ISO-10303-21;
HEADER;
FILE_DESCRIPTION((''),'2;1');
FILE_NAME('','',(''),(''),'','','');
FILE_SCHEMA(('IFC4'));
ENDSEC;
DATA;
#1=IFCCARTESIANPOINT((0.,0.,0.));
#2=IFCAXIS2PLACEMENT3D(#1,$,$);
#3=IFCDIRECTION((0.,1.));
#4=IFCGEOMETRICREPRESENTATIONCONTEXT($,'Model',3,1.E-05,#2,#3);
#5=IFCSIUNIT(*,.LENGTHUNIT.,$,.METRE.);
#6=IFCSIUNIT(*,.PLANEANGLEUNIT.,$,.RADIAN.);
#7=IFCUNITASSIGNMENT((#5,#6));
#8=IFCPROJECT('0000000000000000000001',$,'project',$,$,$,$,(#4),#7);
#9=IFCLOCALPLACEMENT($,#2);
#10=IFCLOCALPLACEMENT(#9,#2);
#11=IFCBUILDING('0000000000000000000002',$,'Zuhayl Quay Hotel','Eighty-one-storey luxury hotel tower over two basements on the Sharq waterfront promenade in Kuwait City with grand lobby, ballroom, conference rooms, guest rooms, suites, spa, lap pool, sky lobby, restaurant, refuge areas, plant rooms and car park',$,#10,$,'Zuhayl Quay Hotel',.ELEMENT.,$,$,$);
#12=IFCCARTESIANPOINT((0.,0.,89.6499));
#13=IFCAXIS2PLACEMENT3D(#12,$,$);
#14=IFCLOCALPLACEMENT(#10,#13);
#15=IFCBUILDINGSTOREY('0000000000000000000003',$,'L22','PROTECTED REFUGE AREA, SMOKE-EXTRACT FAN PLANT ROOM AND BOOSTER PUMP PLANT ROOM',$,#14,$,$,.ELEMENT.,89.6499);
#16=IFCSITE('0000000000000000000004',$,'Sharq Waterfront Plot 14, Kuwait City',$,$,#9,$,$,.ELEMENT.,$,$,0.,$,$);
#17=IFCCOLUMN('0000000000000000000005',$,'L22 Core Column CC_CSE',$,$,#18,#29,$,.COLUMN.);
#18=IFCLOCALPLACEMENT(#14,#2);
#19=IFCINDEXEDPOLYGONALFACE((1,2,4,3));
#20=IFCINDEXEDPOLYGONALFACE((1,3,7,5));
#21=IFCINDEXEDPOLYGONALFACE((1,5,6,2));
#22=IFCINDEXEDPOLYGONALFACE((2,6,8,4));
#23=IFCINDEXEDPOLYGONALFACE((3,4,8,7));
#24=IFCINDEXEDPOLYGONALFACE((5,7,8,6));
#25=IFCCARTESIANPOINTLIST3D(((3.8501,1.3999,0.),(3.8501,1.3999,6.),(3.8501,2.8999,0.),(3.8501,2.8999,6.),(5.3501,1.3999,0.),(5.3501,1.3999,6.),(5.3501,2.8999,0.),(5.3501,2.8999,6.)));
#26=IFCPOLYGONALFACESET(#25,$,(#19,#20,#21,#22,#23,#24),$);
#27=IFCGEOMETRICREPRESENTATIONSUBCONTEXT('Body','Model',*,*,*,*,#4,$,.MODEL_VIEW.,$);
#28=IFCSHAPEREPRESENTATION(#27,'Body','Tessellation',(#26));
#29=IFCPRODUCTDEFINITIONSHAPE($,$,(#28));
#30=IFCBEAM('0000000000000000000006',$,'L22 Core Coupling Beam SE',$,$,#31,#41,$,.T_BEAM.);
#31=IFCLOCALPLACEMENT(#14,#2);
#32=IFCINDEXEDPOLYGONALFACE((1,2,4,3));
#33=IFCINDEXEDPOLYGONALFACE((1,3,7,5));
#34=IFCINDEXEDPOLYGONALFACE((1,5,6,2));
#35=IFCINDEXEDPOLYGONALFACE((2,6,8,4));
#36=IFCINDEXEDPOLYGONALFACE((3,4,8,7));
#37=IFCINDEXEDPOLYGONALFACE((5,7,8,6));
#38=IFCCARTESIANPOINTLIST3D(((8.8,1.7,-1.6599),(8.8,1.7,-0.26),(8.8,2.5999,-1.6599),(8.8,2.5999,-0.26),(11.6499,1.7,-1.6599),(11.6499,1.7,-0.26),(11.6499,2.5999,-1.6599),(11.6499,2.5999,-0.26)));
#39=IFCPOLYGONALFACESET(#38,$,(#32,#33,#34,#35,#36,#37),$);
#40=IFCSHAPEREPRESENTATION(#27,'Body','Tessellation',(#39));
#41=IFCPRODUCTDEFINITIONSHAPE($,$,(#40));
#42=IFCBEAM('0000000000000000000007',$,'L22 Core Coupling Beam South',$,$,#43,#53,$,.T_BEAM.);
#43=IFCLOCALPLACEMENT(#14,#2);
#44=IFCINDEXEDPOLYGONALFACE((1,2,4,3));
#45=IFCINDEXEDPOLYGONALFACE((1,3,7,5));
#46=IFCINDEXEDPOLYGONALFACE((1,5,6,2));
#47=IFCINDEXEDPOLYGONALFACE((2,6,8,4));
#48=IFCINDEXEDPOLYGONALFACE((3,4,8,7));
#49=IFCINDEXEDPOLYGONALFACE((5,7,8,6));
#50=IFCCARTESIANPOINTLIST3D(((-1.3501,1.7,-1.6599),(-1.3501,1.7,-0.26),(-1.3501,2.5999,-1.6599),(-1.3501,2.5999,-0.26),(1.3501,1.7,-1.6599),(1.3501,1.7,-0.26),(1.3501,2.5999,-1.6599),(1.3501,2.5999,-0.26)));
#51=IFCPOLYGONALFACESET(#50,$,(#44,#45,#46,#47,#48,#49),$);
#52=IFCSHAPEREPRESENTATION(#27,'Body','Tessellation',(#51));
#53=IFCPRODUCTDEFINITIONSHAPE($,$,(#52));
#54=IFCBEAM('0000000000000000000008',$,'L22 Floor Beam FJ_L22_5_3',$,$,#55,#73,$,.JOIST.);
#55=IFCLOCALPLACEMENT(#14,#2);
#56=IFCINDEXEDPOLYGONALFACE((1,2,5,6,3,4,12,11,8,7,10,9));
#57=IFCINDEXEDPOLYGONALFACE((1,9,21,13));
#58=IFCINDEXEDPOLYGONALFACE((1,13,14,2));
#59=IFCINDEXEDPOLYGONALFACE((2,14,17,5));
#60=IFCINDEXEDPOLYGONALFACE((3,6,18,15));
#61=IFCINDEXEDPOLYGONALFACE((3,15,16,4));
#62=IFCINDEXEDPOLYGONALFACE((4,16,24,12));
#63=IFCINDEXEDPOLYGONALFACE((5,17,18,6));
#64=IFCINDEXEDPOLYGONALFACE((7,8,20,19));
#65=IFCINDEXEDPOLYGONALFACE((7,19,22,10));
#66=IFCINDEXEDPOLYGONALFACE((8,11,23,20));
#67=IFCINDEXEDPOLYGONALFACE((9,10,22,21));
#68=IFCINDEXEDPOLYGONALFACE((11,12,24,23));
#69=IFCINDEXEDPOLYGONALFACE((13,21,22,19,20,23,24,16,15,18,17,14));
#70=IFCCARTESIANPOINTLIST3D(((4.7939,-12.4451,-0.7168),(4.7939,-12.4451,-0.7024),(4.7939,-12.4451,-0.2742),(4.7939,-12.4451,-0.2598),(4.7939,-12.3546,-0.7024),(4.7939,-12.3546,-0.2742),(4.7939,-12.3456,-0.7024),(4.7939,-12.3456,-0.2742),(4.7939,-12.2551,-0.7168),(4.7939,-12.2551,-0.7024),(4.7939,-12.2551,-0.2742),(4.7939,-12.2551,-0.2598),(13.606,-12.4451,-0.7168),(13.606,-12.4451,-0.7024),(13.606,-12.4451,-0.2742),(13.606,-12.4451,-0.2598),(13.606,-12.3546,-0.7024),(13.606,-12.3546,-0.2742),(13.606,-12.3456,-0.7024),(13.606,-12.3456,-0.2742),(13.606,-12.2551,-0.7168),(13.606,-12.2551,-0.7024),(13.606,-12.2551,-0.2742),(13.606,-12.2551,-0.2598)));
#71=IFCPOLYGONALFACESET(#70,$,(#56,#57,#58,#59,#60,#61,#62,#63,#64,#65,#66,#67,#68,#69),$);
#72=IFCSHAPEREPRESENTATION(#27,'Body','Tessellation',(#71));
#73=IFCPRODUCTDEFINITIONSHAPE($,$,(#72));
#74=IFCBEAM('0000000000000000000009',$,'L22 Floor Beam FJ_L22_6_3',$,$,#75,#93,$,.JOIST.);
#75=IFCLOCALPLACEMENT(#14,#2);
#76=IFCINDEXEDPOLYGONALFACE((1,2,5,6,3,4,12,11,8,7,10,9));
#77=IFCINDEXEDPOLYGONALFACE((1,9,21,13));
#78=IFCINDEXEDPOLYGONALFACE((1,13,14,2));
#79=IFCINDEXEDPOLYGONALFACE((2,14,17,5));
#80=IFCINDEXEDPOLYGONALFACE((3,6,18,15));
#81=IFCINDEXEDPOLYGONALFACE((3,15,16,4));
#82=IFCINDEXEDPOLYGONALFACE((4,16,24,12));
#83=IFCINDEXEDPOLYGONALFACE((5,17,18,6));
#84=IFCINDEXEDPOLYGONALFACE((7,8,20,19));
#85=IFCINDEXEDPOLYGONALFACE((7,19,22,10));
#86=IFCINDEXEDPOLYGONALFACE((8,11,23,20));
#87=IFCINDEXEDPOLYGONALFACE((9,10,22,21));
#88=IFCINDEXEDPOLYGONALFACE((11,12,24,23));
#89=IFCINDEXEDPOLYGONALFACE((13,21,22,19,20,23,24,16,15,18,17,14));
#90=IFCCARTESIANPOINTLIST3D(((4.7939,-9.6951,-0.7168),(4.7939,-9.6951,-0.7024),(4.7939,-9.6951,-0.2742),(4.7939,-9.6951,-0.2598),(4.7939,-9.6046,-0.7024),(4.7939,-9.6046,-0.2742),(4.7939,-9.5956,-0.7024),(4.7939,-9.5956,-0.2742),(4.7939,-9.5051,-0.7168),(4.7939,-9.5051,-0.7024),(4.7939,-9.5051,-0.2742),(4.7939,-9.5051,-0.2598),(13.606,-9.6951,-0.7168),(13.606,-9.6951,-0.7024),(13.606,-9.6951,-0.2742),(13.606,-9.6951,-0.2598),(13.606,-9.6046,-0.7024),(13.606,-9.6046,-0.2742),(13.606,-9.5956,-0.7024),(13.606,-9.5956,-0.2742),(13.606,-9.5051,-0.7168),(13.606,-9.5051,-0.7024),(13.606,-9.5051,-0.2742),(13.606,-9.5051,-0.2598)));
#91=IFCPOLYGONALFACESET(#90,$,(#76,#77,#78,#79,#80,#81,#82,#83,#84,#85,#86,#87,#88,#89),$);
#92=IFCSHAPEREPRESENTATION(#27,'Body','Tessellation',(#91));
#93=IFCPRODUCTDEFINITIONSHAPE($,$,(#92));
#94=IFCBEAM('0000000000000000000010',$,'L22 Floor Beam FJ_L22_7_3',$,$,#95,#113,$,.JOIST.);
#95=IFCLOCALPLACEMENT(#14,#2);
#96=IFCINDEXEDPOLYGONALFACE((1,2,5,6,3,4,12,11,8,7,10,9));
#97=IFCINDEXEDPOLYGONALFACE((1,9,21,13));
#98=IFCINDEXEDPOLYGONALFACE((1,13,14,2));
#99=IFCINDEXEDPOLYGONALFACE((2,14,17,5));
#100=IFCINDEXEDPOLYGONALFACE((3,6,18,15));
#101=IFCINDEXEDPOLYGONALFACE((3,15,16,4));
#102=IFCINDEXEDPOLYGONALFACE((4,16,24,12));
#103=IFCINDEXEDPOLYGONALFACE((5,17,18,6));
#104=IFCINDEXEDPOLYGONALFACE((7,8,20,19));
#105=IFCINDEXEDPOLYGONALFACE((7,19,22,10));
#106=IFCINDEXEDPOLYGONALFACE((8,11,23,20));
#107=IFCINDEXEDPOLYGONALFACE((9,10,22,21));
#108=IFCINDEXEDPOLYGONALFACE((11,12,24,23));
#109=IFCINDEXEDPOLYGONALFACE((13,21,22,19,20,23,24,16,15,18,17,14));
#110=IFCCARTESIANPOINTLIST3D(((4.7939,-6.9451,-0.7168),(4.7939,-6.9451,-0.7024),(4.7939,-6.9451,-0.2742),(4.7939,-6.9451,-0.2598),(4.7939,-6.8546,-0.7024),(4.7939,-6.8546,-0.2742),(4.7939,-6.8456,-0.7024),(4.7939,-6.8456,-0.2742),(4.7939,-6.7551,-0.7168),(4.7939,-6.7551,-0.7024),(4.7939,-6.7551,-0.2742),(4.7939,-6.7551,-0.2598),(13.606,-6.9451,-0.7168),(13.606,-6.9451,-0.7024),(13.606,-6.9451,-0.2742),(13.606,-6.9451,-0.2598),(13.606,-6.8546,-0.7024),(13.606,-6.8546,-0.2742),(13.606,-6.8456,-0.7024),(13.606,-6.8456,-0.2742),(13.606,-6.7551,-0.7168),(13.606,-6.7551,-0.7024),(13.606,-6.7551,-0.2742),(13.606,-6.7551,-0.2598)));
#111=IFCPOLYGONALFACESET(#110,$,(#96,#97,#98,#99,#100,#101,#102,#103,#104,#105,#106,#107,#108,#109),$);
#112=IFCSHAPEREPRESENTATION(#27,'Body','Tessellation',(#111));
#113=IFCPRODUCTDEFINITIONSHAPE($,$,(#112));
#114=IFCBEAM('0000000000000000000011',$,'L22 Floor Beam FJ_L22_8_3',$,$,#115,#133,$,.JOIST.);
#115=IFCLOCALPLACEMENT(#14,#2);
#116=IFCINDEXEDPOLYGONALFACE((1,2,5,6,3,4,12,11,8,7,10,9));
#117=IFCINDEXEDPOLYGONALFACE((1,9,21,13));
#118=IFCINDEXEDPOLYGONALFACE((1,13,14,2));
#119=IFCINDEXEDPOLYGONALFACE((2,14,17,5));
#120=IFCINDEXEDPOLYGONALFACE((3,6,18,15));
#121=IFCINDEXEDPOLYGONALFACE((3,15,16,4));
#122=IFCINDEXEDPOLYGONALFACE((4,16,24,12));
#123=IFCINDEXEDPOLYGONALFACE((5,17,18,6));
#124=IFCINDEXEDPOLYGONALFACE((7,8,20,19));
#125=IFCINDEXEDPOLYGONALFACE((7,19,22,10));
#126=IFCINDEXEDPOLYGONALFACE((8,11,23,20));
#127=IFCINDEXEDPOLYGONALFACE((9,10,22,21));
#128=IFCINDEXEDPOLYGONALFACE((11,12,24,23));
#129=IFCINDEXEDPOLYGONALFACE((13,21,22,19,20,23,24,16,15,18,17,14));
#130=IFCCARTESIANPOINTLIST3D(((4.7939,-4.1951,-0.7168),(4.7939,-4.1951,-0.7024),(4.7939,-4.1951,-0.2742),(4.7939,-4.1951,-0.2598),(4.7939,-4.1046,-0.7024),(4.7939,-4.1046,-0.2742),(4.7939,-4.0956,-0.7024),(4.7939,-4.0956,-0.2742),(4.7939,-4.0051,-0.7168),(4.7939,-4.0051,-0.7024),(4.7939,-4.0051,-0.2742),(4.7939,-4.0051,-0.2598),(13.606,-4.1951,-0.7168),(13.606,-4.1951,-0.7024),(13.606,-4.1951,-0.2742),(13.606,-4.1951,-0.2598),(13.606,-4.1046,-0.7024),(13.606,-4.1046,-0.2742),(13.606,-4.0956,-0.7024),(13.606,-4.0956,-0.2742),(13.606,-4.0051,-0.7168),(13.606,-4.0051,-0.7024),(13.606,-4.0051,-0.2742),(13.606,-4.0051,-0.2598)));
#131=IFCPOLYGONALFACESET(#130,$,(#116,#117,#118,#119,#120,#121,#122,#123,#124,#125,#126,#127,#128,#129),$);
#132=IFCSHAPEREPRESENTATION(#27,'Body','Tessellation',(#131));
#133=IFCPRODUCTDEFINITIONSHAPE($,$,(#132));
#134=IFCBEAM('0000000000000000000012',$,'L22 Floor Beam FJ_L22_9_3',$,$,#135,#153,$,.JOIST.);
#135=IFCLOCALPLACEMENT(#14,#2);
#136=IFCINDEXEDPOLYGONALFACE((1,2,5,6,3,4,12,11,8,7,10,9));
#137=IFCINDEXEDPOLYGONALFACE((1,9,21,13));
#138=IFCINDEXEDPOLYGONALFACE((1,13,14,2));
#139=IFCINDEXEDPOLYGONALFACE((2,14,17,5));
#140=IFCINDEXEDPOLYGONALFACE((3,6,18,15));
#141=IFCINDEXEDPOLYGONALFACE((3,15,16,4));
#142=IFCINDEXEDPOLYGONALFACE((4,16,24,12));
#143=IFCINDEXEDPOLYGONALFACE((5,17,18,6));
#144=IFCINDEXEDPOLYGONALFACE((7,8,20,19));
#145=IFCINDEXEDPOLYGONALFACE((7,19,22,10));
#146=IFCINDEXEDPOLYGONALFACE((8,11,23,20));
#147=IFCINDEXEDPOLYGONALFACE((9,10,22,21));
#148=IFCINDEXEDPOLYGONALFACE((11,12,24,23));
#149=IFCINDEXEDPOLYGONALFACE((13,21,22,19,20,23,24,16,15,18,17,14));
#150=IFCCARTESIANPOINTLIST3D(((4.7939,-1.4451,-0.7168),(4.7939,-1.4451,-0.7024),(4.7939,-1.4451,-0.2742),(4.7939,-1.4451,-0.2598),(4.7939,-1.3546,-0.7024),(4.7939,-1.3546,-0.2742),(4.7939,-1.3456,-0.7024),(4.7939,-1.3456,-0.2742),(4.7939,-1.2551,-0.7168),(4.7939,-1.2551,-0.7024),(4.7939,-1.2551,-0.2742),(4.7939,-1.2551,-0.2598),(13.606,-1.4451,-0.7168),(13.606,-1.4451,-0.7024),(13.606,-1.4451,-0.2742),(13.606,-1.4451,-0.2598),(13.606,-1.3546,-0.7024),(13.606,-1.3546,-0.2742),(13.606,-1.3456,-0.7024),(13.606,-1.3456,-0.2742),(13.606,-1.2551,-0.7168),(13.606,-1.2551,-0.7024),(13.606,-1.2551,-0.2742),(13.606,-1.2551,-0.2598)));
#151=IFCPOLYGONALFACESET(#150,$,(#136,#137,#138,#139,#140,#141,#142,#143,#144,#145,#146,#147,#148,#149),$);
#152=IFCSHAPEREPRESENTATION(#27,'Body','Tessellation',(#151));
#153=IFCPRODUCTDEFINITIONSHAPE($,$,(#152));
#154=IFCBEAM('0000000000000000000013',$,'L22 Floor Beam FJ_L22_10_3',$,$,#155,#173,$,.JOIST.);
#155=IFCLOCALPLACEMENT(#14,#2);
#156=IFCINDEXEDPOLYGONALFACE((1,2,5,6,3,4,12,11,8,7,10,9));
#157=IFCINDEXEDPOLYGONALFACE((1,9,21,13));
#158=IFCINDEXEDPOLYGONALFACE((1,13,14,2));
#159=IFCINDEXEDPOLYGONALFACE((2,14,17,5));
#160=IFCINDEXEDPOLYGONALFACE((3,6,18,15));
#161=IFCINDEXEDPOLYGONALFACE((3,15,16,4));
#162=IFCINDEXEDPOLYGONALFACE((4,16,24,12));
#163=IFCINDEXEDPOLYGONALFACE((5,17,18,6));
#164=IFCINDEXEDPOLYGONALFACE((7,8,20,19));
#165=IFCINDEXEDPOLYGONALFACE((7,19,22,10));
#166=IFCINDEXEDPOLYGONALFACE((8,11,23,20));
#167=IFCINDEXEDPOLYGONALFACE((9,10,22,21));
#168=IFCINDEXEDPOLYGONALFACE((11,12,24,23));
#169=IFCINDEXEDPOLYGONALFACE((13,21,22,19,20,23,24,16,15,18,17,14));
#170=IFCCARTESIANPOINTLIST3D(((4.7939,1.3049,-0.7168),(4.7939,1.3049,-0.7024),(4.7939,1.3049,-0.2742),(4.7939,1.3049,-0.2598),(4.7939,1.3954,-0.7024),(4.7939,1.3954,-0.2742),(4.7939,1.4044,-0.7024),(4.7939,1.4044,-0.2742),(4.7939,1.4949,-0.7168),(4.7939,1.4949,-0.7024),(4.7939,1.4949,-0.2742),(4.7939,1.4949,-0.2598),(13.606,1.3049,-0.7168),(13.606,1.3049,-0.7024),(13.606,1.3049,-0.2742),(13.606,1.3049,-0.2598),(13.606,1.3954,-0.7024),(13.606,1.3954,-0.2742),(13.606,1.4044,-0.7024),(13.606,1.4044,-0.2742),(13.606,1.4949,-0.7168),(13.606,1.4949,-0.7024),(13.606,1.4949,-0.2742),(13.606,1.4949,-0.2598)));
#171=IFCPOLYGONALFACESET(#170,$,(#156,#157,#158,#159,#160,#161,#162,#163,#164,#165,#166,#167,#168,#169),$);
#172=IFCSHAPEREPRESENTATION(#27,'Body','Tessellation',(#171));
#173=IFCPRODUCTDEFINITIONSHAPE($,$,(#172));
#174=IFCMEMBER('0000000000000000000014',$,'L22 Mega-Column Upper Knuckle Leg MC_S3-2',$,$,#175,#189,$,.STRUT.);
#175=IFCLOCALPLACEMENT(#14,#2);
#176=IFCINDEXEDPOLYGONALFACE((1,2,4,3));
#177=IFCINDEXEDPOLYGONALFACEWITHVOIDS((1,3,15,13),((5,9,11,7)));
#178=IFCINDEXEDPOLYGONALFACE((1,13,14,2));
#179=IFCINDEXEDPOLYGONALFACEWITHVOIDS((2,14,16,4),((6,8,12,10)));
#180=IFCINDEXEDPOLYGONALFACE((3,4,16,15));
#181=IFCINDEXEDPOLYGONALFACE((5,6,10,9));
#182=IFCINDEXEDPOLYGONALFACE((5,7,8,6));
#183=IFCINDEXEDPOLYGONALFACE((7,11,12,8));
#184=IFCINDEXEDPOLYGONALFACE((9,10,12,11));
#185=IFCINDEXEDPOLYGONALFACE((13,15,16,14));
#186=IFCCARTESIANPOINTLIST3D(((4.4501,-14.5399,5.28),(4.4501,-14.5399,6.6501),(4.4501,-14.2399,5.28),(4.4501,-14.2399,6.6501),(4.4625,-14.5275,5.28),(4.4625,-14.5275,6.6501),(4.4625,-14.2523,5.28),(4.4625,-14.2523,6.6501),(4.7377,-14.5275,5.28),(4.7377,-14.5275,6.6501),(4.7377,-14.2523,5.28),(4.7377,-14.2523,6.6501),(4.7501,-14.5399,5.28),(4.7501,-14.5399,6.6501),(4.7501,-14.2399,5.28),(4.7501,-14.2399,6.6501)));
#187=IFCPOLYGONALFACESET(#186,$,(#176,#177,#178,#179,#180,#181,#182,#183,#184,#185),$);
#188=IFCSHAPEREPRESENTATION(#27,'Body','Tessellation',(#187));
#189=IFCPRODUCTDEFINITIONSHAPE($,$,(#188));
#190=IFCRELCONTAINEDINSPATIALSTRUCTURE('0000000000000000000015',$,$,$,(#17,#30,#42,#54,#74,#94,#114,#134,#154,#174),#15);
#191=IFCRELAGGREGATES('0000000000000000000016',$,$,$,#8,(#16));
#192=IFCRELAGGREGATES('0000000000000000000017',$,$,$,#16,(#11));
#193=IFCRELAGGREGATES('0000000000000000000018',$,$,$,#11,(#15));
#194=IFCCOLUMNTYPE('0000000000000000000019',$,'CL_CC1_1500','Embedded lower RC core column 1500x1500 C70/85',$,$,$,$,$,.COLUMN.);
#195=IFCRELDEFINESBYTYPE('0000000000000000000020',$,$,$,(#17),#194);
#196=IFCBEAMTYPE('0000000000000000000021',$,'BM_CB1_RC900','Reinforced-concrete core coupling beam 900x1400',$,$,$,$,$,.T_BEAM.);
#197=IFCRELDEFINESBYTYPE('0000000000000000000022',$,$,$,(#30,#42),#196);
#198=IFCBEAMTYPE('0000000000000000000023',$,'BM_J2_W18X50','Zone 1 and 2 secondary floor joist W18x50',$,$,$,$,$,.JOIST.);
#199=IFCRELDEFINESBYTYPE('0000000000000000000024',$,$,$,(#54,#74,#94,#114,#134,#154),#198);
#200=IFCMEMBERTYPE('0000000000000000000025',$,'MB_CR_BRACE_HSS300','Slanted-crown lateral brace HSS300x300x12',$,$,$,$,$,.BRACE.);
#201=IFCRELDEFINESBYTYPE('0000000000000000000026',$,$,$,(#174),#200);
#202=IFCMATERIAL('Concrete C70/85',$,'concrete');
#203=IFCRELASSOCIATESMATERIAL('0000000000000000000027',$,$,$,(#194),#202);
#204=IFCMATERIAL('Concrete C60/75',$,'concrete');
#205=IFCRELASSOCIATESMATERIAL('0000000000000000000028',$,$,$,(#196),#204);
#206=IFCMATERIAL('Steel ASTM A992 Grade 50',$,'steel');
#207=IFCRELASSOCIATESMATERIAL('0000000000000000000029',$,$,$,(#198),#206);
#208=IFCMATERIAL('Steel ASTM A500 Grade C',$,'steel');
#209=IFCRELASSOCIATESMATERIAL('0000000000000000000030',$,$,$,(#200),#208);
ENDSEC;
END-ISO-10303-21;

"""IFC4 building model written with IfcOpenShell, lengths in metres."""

from ifc_helpers import new_model, si_unit, direction, frame, origin, origin_2d, place, context, subcontext, project, spatial, rectangle, hollow_rectangle, i_section, extrude, material, material_profile, profile_set, type_object, element, save


model = new_model("IFC4")

# Units and contexts
model_context = context("Model", 3, precision=1e-05, world=origin(), true_north=direction((0.0, 1.0)))
body_context = subcontext(model_context, "Body", "Model", "MODEL_VIEW")
ifc_project = project(units=[si_unit("LENGTHUNIT", "METRE"), si_unit("PLANEANGLEUNIT", "RADIAN")], contexts=[model_context])

# Site, building, storey
site_placement = place(None, origin())
site = spatial("IfcSite", under=ifc_project, at=site_placement, Name="Sharq Waterfront Plot 14, Kuwait City", CompositionType="ELEMENT", RefElevation=0.0)
building_placement = place(site_placement, origin())
building = spatial("IfcBuilding", under=site, at=building_placement, Name="Zuhayl Quay Hotel", Description="Eighty-one-storey luxury hotel tower over two basements on the Sharq waterfront promenade in Kuwait City with grand lobby, ballroom, conference rooms, guest rooms, suites, spa, lap pool, sky lobby, restaurant, refuge areas, plant rooms and car park", LongName="Zuhayl Quay Hotel", CompositionType="ELEMENT")
storey_placement = place(building_placement, frame((0.0, 0.0, 89.6499)))
storey = spatial("IfcBuildingStorey", under=building, at=storey_placement, Name="L22", Description="PROTECTED REFUGE AREA, SMOKE-EXTRACT FAN PLANT ROOM AND BOOSTER PUMP PLANT ROOM", CompositionType="ELEMENT", Elevation=89.6499)

# Column
ifc_material_1 = material(Name="Concrete C70/85", Category="concrete")
ifc_material_profile_1 = material_profile(ifc_material_1, rectangle(XDim=1.5, YDim=1.5, at=origin_2d()), Name="RC1500X1500")
ifc_profile_set_1 = profile_set([ifc_material_profile_1], Name="Concrete C70/85")
column_type = type_object("IfcColumnType", Name="CL_CC1_1500", Description="Embedded lower RC core column 1500x1500 C70/85", PredefinedType="COLUMN", material=ifc_profile_set_1)
column_placement = place(storey_placement, frame((4.6001, 2.1499, 0.0), z_axis=(0.0, 0.0, 1.0), x_axis=(1.0, 0.0, 0.0)))
element("IfcColumn", 1, at=column_placement, inside=storey, type_object=column_type, Name="L22 Core Column CC_CSE", PredefinedType="COLUMN", context=body_context, shape_type="SweptSolid", body=[
    extrude(rectangle(XDim=1.5, YDim=1.5, at=origin_2d()), origin(), (0.0, 0.0, 1.0), 6.0),
])

# Beams
ifc_material_2 = material(Name="Concrete C60/75", Category="concrete")
ifc_material_profile_2 = material_profile(ifc_material_2, rectangle(XDim=0.8999, YDim=1.3999, at=origin_2d()), Name="RC900X1400")
ifc_profile_set_2 = profile_set([ifc_material_profile_2], Name="Concrete C60/75")
beam_type_1 = type_object("IfcBeamType", Name="BM_CB1_RC900", Description="Reinforced-concrete core coupling beam 900x1400", PredefinedType="T_BEAM", material=ifc_profile_set_2)
beam_1_placement = place(storey_placement, frame((8.8, 2.1499, -0.96), z_axis=(1.0, 0.0, 0.0), x_axis=(0.0, 1.0, 0.0)))
element("IfcBeam", 2, at=beam_1_placement, inside=storey, type_object=beam_type_1, Name="L22 Core Coupling Beam SE", PredefinedType="T_BEAM", context=body_context, shape_type="SweptSolid", body=[
    extrude(rectangle(XDim=0.8999, YDim=1.3999, at=origin_2d()), origin(), (0.0, 0.0, 1.0), 2.8499),
])
beam_2_placement = place(storey_placement, frame((-1.3501, 2.1499, -0.96), z_axis=(1.0, 0.0, 0.0), x_axis=(0.0, 1.0, 0.0)))
element("IfcBeam", 3, at=beam_2_placement, inside=storey, type_object=beam_type_1, Name="L22 Core Coupling Beam South", PredefinedType="T_BEAM", context=body_context, shape_type="SweptSolid", body=[
    extrude(rectangle(XDim=0.8999, YDim=1.3999, at=origin_2d()), origin(), (0.0, 0.0, 1.0), 2.7002),
])
ifc_material_3 = material(Name="Steel ASTM A992 Grade 50", Category="steel")
ifc_material_profile_3 = material_profile(ifc_material_3, i_section(OverallWidth=0.1899, OverallDepth=0.457, WebThickness=0.009, FlangeThickness=0.0144, at=origin_2d()), Name="W18X50")
ifc_profile_set_3 = profile_set([ifc_material_profile_3], Name="Steel ASTM A992 Grade 50")
beam_type_2 = type_object("IfcBeamType", Name="BM_J2_W18X50", Description="Zone 1 and 2 secondary floor joist W18x50", PredefinedType="JOIST", material=ifc_profile_set_3)
for number, where, z_axis, x_axis, name in (
    (4, (4.7939, -12.3501, -0.4883), (1.0, 0.0, 0.0), (0.0, 1.0, 0.0), "L22 Floor Beam FJ_L22_5_3"),
    (5, (4.7939, -9.6001, -0.4883), (1.0, 0.0, 0.0), (0.0, 1.0, 0.0), "L22 Floor Beam FJ_L22_6_3"),
    (6, (4.7939, -6.8501, -0.4883), (1.0, 0.0, 0.0), (0.0, 1.0, 0.0), "L22 Floor Beam FJ_L22_7_3"),
    (7, (4.7939, -4.1001, -0.4883), (1.0, 0.0, 0.0), (0.0, 1.0, 0.0), "L22 Floor Beam FJ_L22_8_3"),
    (8, (4.7939, -1.3501, -0.4883), (1.0, 0.0, 0.0), (0.0, 1.0, 0.0), "L22 Floor Beam FJ_L22_9_3"),
    (9, (4.7939, 1.3999, -0.4883), (1.0, 0.0, 0.0), (0.0, 1.0, 0.0), "L22 Floor Beam FJ_L22_10_3"),
):
    element("IfcBeam", number, at=place(storey_placement, frame(where, z_axis=z_axis, x_axis=x_axis)), inside=storey, type_object=beam_type_2, Name=name, PredefinedType="JOIST", context=body_context, shape_type="SweptSolid", body=[
        extrude(i_section(OverallWidth=0.1899, OverallDepth=0.457, WebThickness=0.009, FlangeThickness=0.0144, at=origin_2d()), origin(), (0.0, 0.0, 1.0), 8.812),
    ])

# Member
ifc_material_4 = material(Name="Steel ASTM A500 Grade C", Category="steel")
ifc_material_profile_4 = material_profile(ifc_material_4, hollow_rectangle(XDim=0.3, YDim=0.3, WallThickness=0.0125, at=origin_2d()), Name="HSS300X300X12")
ifc_profile_set_4 = profile_set([ifc_material_profile_4], Name="Steel ASTM A500 Grade C")
member_type_1 = type_object("IfcMemberType", Name="MB_CR_BRACE_HSS300", Description="Slanted-crown lateral brace HSS300x300x12", PredefinedType="BRACE", material=ifc_profile_set_4)
member_1_placement = place(storey_placement, frame((4.6001, -14.3899, 5.28), z_axis=(0.0, 0.0, 1.0), x_axis=(1.0, 0.0, 0.0)))
element("IfcMember", 10, at=member_1_placement, inside=storey, type_object=member_type_1, Name="L22 Mega-Column Upper Knuckle Leg MC_S3-2", PredefinedType="STRUT", context=body_context, shape_type="SweptSolid", body=[
    extrude(hollow_rectangle(XDim=0.3, YDim=0.3, WallThickness=0.0125, at=origin_2d()), origin(), (0.0, 0.0, 1.0), 1.3701),
])

save(model, "model.ifc")
